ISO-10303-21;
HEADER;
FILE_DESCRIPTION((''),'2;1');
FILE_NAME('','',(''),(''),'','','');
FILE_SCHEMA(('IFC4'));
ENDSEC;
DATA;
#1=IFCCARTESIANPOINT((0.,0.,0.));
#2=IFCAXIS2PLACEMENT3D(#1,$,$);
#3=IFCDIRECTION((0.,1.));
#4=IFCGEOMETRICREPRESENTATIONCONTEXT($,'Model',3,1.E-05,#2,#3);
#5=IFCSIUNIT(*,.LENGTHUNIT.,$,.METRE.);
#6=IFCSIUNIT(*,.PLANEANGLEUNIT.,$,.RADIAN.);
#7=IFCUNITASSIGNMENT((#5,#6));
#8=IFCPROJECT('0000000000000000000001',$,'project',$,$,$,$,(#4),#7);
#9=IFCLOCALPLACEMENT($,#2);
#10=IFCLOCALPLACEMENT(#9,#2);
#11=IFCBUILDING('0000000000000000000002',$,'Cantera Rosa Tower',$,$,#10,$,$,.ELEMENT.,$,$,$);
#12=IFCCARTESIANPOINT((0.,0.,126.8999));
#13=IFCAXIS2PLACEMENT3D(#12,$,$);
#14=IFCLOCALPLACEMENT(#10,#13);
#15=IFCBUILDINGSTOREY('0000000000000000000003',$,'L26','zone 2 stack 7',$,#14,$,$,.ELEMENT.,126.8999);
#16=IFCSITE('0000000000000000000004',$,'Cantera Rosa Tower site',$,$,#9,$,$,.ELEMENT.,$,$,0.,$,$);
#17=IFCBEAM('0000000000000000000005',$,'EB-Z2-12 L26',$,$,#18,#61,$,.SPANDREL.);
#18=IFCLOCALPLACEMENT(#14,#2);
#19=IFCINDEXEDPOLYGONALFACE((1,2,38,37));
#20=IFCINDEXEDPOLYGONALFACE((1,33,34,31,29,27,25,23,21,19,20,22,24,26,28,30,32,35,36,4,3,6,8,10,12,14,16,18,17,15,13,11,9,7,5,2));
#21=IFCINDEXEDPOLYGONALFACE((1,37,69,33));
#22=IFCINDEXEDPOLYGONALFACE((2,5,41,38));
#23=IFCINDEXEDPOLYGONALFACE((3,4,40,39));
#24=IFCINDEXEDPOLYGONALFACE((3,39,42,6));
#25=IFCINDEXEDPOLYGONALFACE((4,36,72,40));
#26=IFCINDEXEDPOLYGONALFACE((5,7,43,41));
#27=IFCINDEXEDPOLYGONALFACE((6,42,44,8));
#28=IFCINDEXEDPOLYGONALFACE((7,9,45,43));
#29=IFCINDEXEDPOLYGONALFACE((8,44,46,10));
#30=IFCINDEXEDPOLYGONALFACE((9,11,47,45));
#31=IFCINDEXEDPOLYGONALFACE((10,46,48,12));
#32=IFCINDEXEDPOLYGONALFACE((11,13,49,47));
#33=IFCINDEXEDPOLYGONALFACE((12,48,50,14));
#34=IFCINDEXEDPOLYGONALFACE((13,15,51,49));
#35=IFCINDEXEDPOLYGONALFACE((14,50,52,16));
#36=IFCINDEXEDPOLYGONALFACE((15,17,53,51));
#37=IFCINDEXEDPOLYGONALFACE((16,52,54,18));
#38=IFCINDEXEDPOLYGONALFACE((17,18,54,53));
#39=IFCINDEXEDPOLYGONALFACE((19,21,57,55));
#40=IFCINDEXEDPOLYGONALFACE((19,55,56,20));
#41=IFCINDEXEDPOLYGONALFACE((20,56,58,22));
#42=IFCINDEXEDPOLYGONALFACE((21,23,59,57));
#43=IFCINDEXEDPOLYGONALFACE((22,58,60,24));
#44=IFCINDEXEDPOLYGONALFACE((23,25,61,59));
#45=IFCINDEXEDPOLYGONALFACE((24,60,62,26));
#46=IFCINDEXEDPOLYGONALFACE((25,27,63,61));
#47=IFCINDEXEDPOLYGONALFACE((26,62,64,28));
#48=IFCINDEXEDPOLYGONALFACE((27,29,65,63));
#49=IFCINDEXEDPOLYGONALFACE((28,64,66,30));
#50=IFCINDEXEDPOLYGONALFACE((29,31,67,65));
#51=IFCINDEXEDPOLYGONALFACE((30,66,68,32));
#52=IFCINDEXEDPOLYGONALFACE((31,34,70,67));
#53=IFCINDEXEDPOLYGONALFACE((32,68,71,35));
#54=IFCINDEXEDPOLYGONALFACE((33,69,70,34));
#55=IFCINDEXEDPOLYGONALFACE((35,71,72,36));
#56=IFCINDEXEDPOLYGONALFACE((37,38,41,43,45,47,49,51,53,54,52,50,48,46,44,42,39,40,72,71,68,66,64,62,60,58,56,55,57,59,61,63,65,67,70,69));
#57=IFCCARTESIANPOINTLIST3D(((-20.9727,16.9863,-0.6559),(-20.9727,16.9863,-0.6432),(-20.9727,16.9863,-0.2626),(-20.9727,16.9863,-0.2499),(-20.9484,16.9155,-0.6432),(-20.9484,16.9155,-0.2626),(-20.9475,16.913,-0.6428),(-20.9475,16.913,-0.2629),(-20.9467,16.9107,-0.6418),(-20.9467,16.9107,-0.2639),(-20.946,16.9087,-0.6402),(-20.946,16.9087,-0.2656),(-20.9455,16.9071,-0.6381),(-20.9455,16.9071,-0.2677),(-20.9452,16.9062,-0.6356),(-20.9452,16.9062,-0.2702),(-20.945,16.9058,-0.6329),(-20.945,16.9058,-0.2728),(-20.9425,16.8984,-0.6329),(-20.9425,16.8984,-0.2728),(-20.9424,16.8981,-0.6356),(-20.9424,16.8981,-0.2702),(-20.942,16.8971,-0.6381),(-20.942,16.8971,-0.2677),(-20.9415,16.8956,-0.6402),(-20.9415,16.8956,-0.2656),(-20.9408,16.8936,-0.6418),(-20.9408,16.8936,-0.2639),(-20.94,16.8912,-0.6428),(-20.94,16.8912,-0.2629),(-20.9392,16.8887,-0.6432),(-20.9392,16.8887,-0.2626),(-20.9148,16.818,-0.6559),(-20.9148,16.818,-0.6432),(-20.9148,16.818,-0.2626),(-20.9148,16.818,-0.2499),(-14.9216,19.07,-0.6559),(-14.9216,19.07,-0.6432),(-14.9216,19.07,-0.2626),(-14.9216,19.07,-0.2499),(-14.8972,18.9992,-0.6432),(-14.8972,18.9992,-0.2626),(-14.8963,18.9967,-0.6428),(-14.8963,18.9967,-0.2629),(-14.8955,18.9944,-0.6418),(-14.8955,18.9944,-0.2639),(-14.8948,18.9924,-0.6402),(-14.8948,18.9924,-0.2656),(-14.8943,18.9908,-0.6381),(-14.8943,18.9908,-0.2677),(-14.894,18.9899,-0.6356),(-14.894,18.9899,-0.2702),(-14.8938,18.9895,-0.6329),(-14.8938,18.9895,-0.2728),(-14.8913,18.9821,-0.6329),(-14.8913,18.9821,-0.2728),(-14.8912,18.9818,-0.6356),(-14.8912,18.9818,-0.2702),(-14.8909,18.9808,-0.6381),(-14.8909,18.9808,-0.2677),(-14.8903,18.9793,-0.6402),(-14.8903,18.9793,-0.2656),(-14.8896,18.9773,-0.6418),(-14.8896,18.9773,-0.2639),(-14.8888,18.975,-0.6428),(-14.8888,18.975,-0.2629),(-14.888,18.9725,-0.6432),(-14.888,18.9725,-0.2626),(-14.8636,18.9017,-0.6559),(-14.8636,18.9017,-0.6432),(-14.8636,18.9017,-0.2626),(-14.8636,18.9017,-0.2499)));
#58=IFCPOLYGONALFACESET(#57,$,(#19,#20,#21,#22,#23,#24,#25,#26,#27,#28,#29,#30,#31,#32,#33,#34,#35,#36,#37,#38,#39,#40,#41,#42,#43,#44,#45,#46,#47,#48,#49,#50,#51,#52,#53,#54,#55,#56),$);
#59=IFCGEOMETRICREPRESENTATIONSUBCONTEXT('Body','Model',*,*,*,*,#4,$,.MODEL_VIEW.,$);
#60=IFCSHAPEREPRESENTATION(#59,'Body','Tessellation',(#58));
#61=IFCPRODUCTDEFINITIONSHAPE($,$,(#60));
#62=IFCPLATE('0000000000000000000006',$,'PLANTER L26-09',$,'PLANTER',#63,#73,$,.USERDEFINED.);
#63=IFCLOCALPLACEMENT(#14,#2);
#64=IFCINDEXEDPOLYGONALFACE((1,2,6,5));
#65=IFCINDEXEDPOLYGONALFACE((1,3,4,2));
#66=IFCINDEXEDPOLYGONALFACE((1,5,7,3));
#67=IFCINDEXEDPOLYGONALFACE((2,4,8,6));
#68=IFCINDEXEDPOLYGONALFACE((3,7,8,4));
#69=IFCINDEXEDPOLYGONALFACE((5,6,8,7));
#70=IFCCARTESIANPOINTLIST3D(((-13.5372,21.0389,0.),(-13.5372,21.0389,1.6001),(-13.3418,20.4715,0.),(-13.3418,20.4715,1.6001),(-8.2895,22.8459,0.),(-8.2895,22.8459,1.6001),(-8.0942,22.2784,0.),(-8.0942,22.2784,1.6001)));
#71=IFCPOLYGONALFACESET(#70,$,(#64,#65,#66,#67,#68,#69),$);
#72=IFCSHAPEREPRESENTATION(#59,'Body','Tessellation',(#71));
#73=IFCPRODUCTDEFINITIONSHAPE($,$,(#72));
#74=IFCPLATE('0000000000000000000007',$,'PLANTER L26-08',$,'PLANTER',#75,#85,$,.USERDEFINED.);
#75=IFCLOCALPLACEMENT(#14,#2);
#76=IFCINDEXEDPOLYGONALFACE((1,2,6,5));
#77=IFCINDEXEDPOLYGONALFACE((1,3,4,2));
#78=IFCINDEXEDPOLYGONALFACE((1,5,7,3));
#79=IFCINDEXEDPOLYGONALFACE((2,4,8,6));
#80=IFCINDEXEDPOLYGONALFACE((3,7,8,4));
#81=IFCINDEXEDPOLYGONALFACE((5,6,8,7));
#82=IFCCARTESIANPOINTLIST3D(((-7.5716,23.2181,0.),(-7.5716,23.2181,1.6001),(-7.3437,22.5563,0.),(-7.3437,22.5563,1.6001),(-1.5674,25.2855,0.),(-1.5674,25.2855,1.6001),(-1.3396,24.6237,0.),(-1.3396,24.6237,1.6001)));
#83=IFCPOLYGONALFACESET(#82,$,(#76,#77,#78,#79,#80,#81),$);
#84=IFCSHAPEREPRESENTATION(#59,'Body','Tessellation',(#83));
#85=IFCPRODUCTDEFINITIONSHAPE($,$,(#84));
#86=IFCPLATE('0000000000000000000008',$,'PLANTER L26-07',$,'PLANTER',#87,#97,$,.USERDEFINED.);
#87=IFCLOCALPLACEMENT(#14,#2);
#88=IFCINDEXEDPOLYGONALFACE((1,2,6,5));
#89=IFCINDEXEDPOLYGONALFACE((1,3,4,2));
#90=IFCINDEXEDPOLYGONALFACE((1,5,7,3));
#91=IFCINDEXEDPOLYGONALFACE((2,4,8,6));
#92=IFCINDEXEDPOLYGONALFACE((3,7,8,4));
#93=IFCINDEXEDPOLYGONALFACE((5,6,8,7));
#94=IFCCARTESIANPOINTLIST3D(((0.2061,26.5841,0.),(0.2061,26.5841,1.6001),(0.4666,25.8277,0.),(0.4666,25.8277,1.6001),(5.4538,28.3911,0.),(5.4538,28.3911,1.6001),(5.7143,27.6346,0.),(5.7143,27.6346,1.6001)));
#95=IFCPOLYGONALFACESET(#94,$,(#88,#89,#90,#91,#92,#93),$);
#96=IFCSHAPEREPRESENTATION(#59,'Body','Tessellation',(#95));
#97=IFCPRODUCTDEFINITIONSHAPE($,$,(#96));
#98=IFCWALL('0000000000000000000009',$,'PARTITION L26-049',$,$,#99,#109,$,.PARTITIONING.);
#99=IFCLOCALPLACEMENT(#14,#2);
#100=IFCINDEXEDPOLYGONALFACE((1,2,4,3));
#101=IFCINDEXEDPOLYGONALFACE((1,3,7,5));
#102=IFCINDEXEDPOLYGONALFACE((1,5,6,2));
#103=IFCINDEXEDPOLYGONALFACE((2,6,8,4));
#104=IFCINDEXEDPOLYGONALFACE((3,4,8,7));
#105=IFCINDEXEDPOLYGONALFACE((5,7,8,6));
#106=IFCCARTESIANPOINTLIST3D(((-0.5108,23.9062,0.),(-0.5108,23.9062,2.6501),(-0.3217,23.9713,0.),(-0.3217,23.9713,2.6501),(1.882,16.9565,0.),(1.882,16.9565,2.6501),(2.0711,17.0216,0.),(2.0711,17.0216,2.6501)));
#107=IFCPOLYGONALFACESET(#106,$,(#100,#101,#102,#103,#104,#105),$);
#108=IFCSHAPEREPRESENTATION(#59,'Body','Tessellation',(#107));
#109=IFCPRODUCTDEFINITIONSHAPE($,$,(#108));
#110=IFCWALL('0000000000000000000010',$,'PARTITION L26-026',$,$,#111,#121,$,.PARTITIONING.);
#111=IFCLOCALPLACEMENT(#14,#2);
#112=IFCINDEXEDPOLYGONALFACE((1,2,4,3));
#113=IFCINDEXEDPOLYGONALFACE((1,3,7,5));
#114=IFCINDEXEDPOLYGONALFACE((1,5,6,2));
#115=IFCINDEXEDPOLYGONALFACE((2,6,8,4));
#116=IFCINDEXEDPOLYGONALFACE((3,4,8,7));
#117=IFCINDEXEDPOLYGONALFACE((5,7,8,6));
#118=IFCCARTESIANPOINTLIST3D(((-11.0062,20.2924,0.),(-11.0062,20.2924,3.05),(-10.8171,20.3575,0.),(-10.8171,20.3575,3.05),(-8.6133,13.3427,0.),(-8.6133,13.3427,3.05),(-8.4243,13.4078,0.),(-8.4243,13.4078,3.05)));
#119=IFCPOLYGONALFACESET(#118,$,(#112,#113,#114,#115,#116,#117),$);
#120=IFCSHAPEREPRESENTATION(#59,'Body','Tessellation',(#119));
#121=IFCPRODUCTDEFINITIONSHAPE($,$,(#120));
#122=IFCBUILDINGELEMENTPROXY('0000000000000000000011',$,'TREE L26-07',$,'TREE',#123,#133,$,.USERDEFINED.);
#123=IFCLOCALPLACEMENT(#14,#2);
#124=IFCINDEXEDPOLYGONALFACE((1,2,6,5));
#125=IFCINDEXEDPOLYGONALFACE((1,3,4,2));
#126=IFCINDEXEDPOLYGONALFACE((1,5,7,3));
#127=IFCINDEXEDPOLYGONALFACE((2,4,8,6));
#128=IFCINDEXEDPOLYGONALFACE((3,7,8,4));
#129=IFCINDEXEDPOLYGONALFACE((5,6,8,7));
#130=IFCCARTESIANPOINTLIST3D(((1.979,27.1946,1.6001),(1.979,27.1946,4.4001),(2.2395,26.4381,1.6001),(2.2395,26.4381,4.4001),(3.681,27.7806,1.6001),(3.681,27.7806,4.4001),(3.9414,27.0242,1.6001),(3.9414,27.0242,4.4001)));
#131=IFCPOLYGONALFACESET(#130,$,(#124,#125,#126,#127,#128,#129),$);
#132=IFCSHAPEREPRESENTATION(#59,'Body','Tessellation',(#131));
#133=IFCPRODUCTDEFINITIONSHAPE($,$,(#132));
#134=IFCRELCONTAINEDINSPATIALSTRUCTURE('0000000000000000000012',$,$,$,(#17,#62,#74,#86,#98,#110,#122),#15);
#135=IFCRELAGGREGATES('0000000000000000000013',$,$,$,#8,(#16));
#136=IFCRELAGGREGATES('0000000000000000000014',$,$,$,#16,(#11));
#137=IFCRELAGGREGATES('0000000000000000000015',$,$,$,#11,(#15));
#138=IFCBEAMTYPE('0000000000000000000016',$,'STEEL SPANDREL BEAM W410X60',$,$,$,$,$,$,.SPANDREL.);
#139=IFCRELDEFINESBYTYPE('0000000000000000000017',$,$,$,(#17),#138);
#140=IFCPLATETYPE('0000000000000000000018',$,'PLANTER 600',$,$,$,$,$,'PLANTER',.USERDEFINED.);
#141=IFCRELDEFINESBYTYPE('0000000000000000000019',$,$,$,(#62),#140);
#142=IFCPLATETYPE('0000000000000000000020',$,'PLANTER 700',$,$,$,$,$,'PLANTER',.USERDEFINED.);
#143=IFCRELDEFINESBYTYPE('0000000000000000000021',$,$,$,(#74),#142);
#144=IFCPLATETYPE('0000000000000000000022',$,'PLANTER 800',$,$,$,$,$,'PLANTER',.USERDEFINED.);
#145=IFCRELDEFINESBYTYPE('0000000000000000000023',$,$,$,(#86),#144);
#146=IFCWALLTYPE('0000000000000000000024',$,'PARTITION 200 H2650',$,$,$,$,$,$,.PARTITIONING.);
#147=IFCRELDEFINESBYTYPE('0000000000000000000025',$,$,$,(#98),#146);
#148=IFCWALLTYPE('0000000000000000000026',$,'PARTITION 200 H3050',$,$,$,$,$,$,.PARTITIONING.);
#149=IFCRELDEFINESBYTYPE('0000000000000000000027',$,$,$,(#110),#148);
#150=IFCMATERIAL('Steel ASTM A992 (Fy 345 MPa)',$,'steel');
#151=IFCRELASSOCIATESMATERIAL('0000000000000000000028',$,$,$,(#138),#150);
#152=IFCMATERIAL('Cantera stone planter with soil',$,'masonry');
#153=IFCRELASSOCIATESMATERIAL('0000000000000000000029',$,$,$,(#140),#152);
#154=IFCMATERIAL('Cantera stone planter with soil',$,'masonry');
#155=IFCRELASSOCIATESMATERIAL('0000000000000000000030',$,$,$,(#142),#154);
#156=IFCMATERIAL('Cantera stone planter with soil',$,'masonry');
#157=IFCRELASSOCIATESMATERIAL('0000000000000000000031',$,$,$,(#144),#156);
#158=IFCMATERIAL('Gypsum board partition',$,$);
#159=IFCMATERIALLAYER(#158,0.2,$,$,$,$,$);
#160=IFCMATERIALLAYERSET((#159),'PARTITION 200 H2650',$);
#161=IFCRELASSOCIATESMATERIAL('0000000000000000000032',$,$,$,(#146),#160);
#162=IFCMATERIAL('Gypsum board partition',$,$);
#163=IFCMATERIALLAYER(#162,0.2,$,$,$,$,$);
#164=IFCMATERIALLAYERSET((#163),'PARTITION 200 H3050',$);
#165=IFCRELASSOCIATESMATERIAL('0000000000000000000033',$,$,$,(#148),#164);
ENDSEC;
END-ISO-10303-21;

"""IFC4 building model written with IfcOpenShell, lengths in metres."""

from ifc_helpers import new_model, si_unit, direction, frame, frame_2d, origin, origin_2d, place, context, subcontext, project, spatial, rectangle, i_section, extrude, material, layer, layer_set, material_profile, profile_set, type_object, element, save


model = new_model("IFC4")

# Units and contexts
model_context = context("Model", 3, precision=1e-05, world=origin(), true_north=direction((0.0, 1.0)))
body_context = subcontext(model_context, "Body", "Model", "MODEL_VIEW")
ifc_project = project(units=[si_unit("LENGTHUNIT", "METRE"), si_unit("PLANEANGLEUNIT", "RADIAN")], contexts=[model_context])

# Site, building, storey
site_placement = place(None, origin())
site = spatial("IfcSite", under=ifc_project, at=site_placement, Name="Cantera Rosa Tower site", CompositionType="ELEMENT", RefElevation=0.0)
building_placement = place(site_placement, origin())
building = spatial("IfcBuilding", under=site, at=building_placement, Name="Cantera Rosa Tower", CompositionType="ELEMENT")
storey_placement = place(building_placement, frame((0.0, 0.0, 126.8999)))
storey = spatial("IfcBuildingStorey", under=building, at=storey_placement, Name="L26", Description="zone 2 stack 7", CompositionType="ELEMENT", Elevation=126.8999)

# Beam
ifc_material_1 = material(Name="Steel ASTM A992 (Fy 345 MPa)", Category="steel")
ifc_material_profile_1 = material_profile(ifc_material_1, i_section(OverallWidth=0.178, OverallDepth=0.406, WebThickness=0.0078, FlangeThickness=0.0127, FilletRadius=0.0103, at=origin_2d()), Name="W410X60")
ifc_profile_set_1 = profile_set([ifc_material_profile_1], Name="Steel ASTM A992 (Fy 345 MPa)")
beam_type_1 = type_object("IfcBeamType", Name="STEEL SPANDREL BEAM W410X60", PredefinedType="SPANDREL", material=ifc_profile_set_1)
for number, where, z_axis, x_axis, name in (
    (1, (-14.8926, 18.9858, -0.4529), (-0.945513, -0.325585, 0.0), (0.325585, -0.945513, 0.0), "EB-Z2-12 L26"),
):
    element("IfcBeam", number, at=place(storey_placement, frame(where, z_axis=z_axis, x_axis=x_axis)), inside=storey, type_object=beam_type_1, Name=name, PredefinedType="SPANDREL", context=body_context, shape_type="SweptSolid", body=[
        extrude(i_section(OverallWidth=0.178, OverallDepth=0.406, WebThickness=0.0078, FlangeThickness=0.0127, FilletRadius=0.0103, at=origin_2d()), origin(), (0.0, 0.0, 1.0), 6.3999),
    ])

# Plates
ifc_material_2 = material(Name="Cantera stone planter with soil", Category="masonry")
plate_type_1 = type_object("IfcPlateType", Name="PLANTER 600", ElementType="PLANTER", PredefinedType="USERDEFINED", material=ifc_material_2)
plate_1_placement = place(storey_placement, frame((-10.8157, 21.6587, 0.0), z_axis=(0.0, 0.0, 1.0), x_axis=(-0.945519, -0.325568, 0.0)))
element("IfcPlate", 2, at=plate_1_placement, inside=storey, type_object=plate_type_1, Name="PLANTER L26-09", ObjectType="PLANTER", PredefinedType="USERDEFINED", context=body_context, shape_type="SweptSolid", body=[
    extrude(rectangle(XDim=5.55, YDim=0.6001, at=origin_2d()), origin(), (0.0, 0.0, 1.0), 1.6001),
])
ifc_material_3 = material(Name="Cantera stone planter with soil", Category="masonry")
plate_type_2 = type_object("IfcPlateType", Name="PLANTER 700", ElementType="PLANTER", PredefinedType="USERDEFINED", material=ifc_material_3)
plate_2_placement = place(storey_placement, frame((-4.4556, 23.9209, 0.0), z_axis=(0.0, 0.0, 1.0), x_axis=(-0.945519, -0.325568, 0.0)))
element("IfcPlate", 3, at=plate_2_placement, inside=storey, type_object=plate_type_2, Name="PLANTER L26-08", ObjectType="PLANTER", PredefinedType="USERDEFINED", context=body_context, shape_type="SweptSolid", body=[
    extrude(rectangle(XDim=6.3501, YDim=0.7, at=origin_2d()), origin(), (0.0, 0.0, 1.0), 1.6001),
])
ifc_material_4 = material(Name="Cantera stone planter with soil", Category="masonry")
plate_type_3 = type_object("IfcPlateType", Name="PLANTER 800", ElementType="PLANTER", PredefinedType="USERDEFINED", material=ifc_material_4)
plate_3_placement = place(storey_placement, frame((2.9602, 27.1094, 0.0), z_axis=(0.0, 0.0, 1.0), x_axis=(-0.945519, -0.325568, 0.0)))
element("IfcPlate", 4, at=plate_3_placement, inside=storey, type_object=plate_type_3, Name="PLANTER L26-07", ObjectType="PLANTER", PredefinedType="USERDEFINED", context=body_context, shape_type="SweptSolid", body=[
    extrude(rectangle(XDim=5.55, YDim=0.8, at=origin_2d()), origin(), (0.0, 0.0, 1.0), 1.6001),
])

# Walls
ifc_material_5 = material(Name="Gypsum board partition")
ifc_layer_1 = layer(ifc_material_5, 0.2)
ifc_layer_set_1 = layer_set([ifc_layer_1], Name="PARTITION 200 H2650")
wall_type_1 = type_object("IfcWallType", Name="PARTITION 200 H2650", PredefinedType="PARTITIONING", material=ifc_layer_set_1)
wall_1_placement = place(storey_placement, frame((1.9766, 16.989, 0.0), z_axis=(0.0, 0.0, 1.0), x_axis=(-0.325549, 0.945525, 0.0)))
element("IfcWall", 5, at=wall_1_placement, inside=storey, type_object=wall_type_1, Name="PARTITION L26-049", PredefinedType="PARTITIONING", context=body_context, shape_type="SweptSolid", body=[
    extrude(rectangle(XDim=7.3501, YDim=0.2, at=frame_2d((3.675, 0.0))), origin(), (0.0, 0.0, 1.0), 2.6501),
])
ifc_material_6 = material(Name="Gypsum board partition")
ifc_layer_2 = layer(ifc_material_6, 0.2)
ifc_layer_set_2 = layer_set([ifc_layer_2], Name="PARTITION 200 H3050")
wall_type_2 = type_object("IfcWallType", Name="PARTITION 200 H3050", PredefinedType="PARTITIONING", material=ifc_layer_set_2)
wall_2_placement = place(storey_placement, frame((-10.9116, 20.325, 0.0), z_axis=(0.0, 0.0, 1.0), x_axis=(0.325549, -0.945525, 0.0)))
element("IfcWall", 6, at=wall_2_placement, inside=storey, type_object=wall_type_2, Name="PARTITION L26-026", PredefinedType="PARTITIONING", context=body_context, shape_type="SweptSolid", body=[
    extrude(rectangle(XDim=7.3501, YDim=0.2, at=frame_2d((3.675, 0.0))), origin(), (0.0, 0.0, 1.0), 3.05),
])

# Building element proxy
proxy_placement = place(storey_placement, frame((2.9602, 27.1094, 1.6001), z_axis=(0.0, 0.0, 1.0), x_axis=(-0.945519, -0.325568, 0.0)))
element("IfcBuildingElementProxy", 7, at=proxy_placement, inside=storey, Name="TREE L26-07", ObjectType="TREE", PredefinedType="USERDEFINED", context=body_context, shape_type="SweptSolid", body=[
    extrude(rectangle(XDim=1.8, YDim=0.8, at=origin_2d()), origin(), (0.0, 0.0, 1.0), 2.8),
])

save(model, "model.ifc")
